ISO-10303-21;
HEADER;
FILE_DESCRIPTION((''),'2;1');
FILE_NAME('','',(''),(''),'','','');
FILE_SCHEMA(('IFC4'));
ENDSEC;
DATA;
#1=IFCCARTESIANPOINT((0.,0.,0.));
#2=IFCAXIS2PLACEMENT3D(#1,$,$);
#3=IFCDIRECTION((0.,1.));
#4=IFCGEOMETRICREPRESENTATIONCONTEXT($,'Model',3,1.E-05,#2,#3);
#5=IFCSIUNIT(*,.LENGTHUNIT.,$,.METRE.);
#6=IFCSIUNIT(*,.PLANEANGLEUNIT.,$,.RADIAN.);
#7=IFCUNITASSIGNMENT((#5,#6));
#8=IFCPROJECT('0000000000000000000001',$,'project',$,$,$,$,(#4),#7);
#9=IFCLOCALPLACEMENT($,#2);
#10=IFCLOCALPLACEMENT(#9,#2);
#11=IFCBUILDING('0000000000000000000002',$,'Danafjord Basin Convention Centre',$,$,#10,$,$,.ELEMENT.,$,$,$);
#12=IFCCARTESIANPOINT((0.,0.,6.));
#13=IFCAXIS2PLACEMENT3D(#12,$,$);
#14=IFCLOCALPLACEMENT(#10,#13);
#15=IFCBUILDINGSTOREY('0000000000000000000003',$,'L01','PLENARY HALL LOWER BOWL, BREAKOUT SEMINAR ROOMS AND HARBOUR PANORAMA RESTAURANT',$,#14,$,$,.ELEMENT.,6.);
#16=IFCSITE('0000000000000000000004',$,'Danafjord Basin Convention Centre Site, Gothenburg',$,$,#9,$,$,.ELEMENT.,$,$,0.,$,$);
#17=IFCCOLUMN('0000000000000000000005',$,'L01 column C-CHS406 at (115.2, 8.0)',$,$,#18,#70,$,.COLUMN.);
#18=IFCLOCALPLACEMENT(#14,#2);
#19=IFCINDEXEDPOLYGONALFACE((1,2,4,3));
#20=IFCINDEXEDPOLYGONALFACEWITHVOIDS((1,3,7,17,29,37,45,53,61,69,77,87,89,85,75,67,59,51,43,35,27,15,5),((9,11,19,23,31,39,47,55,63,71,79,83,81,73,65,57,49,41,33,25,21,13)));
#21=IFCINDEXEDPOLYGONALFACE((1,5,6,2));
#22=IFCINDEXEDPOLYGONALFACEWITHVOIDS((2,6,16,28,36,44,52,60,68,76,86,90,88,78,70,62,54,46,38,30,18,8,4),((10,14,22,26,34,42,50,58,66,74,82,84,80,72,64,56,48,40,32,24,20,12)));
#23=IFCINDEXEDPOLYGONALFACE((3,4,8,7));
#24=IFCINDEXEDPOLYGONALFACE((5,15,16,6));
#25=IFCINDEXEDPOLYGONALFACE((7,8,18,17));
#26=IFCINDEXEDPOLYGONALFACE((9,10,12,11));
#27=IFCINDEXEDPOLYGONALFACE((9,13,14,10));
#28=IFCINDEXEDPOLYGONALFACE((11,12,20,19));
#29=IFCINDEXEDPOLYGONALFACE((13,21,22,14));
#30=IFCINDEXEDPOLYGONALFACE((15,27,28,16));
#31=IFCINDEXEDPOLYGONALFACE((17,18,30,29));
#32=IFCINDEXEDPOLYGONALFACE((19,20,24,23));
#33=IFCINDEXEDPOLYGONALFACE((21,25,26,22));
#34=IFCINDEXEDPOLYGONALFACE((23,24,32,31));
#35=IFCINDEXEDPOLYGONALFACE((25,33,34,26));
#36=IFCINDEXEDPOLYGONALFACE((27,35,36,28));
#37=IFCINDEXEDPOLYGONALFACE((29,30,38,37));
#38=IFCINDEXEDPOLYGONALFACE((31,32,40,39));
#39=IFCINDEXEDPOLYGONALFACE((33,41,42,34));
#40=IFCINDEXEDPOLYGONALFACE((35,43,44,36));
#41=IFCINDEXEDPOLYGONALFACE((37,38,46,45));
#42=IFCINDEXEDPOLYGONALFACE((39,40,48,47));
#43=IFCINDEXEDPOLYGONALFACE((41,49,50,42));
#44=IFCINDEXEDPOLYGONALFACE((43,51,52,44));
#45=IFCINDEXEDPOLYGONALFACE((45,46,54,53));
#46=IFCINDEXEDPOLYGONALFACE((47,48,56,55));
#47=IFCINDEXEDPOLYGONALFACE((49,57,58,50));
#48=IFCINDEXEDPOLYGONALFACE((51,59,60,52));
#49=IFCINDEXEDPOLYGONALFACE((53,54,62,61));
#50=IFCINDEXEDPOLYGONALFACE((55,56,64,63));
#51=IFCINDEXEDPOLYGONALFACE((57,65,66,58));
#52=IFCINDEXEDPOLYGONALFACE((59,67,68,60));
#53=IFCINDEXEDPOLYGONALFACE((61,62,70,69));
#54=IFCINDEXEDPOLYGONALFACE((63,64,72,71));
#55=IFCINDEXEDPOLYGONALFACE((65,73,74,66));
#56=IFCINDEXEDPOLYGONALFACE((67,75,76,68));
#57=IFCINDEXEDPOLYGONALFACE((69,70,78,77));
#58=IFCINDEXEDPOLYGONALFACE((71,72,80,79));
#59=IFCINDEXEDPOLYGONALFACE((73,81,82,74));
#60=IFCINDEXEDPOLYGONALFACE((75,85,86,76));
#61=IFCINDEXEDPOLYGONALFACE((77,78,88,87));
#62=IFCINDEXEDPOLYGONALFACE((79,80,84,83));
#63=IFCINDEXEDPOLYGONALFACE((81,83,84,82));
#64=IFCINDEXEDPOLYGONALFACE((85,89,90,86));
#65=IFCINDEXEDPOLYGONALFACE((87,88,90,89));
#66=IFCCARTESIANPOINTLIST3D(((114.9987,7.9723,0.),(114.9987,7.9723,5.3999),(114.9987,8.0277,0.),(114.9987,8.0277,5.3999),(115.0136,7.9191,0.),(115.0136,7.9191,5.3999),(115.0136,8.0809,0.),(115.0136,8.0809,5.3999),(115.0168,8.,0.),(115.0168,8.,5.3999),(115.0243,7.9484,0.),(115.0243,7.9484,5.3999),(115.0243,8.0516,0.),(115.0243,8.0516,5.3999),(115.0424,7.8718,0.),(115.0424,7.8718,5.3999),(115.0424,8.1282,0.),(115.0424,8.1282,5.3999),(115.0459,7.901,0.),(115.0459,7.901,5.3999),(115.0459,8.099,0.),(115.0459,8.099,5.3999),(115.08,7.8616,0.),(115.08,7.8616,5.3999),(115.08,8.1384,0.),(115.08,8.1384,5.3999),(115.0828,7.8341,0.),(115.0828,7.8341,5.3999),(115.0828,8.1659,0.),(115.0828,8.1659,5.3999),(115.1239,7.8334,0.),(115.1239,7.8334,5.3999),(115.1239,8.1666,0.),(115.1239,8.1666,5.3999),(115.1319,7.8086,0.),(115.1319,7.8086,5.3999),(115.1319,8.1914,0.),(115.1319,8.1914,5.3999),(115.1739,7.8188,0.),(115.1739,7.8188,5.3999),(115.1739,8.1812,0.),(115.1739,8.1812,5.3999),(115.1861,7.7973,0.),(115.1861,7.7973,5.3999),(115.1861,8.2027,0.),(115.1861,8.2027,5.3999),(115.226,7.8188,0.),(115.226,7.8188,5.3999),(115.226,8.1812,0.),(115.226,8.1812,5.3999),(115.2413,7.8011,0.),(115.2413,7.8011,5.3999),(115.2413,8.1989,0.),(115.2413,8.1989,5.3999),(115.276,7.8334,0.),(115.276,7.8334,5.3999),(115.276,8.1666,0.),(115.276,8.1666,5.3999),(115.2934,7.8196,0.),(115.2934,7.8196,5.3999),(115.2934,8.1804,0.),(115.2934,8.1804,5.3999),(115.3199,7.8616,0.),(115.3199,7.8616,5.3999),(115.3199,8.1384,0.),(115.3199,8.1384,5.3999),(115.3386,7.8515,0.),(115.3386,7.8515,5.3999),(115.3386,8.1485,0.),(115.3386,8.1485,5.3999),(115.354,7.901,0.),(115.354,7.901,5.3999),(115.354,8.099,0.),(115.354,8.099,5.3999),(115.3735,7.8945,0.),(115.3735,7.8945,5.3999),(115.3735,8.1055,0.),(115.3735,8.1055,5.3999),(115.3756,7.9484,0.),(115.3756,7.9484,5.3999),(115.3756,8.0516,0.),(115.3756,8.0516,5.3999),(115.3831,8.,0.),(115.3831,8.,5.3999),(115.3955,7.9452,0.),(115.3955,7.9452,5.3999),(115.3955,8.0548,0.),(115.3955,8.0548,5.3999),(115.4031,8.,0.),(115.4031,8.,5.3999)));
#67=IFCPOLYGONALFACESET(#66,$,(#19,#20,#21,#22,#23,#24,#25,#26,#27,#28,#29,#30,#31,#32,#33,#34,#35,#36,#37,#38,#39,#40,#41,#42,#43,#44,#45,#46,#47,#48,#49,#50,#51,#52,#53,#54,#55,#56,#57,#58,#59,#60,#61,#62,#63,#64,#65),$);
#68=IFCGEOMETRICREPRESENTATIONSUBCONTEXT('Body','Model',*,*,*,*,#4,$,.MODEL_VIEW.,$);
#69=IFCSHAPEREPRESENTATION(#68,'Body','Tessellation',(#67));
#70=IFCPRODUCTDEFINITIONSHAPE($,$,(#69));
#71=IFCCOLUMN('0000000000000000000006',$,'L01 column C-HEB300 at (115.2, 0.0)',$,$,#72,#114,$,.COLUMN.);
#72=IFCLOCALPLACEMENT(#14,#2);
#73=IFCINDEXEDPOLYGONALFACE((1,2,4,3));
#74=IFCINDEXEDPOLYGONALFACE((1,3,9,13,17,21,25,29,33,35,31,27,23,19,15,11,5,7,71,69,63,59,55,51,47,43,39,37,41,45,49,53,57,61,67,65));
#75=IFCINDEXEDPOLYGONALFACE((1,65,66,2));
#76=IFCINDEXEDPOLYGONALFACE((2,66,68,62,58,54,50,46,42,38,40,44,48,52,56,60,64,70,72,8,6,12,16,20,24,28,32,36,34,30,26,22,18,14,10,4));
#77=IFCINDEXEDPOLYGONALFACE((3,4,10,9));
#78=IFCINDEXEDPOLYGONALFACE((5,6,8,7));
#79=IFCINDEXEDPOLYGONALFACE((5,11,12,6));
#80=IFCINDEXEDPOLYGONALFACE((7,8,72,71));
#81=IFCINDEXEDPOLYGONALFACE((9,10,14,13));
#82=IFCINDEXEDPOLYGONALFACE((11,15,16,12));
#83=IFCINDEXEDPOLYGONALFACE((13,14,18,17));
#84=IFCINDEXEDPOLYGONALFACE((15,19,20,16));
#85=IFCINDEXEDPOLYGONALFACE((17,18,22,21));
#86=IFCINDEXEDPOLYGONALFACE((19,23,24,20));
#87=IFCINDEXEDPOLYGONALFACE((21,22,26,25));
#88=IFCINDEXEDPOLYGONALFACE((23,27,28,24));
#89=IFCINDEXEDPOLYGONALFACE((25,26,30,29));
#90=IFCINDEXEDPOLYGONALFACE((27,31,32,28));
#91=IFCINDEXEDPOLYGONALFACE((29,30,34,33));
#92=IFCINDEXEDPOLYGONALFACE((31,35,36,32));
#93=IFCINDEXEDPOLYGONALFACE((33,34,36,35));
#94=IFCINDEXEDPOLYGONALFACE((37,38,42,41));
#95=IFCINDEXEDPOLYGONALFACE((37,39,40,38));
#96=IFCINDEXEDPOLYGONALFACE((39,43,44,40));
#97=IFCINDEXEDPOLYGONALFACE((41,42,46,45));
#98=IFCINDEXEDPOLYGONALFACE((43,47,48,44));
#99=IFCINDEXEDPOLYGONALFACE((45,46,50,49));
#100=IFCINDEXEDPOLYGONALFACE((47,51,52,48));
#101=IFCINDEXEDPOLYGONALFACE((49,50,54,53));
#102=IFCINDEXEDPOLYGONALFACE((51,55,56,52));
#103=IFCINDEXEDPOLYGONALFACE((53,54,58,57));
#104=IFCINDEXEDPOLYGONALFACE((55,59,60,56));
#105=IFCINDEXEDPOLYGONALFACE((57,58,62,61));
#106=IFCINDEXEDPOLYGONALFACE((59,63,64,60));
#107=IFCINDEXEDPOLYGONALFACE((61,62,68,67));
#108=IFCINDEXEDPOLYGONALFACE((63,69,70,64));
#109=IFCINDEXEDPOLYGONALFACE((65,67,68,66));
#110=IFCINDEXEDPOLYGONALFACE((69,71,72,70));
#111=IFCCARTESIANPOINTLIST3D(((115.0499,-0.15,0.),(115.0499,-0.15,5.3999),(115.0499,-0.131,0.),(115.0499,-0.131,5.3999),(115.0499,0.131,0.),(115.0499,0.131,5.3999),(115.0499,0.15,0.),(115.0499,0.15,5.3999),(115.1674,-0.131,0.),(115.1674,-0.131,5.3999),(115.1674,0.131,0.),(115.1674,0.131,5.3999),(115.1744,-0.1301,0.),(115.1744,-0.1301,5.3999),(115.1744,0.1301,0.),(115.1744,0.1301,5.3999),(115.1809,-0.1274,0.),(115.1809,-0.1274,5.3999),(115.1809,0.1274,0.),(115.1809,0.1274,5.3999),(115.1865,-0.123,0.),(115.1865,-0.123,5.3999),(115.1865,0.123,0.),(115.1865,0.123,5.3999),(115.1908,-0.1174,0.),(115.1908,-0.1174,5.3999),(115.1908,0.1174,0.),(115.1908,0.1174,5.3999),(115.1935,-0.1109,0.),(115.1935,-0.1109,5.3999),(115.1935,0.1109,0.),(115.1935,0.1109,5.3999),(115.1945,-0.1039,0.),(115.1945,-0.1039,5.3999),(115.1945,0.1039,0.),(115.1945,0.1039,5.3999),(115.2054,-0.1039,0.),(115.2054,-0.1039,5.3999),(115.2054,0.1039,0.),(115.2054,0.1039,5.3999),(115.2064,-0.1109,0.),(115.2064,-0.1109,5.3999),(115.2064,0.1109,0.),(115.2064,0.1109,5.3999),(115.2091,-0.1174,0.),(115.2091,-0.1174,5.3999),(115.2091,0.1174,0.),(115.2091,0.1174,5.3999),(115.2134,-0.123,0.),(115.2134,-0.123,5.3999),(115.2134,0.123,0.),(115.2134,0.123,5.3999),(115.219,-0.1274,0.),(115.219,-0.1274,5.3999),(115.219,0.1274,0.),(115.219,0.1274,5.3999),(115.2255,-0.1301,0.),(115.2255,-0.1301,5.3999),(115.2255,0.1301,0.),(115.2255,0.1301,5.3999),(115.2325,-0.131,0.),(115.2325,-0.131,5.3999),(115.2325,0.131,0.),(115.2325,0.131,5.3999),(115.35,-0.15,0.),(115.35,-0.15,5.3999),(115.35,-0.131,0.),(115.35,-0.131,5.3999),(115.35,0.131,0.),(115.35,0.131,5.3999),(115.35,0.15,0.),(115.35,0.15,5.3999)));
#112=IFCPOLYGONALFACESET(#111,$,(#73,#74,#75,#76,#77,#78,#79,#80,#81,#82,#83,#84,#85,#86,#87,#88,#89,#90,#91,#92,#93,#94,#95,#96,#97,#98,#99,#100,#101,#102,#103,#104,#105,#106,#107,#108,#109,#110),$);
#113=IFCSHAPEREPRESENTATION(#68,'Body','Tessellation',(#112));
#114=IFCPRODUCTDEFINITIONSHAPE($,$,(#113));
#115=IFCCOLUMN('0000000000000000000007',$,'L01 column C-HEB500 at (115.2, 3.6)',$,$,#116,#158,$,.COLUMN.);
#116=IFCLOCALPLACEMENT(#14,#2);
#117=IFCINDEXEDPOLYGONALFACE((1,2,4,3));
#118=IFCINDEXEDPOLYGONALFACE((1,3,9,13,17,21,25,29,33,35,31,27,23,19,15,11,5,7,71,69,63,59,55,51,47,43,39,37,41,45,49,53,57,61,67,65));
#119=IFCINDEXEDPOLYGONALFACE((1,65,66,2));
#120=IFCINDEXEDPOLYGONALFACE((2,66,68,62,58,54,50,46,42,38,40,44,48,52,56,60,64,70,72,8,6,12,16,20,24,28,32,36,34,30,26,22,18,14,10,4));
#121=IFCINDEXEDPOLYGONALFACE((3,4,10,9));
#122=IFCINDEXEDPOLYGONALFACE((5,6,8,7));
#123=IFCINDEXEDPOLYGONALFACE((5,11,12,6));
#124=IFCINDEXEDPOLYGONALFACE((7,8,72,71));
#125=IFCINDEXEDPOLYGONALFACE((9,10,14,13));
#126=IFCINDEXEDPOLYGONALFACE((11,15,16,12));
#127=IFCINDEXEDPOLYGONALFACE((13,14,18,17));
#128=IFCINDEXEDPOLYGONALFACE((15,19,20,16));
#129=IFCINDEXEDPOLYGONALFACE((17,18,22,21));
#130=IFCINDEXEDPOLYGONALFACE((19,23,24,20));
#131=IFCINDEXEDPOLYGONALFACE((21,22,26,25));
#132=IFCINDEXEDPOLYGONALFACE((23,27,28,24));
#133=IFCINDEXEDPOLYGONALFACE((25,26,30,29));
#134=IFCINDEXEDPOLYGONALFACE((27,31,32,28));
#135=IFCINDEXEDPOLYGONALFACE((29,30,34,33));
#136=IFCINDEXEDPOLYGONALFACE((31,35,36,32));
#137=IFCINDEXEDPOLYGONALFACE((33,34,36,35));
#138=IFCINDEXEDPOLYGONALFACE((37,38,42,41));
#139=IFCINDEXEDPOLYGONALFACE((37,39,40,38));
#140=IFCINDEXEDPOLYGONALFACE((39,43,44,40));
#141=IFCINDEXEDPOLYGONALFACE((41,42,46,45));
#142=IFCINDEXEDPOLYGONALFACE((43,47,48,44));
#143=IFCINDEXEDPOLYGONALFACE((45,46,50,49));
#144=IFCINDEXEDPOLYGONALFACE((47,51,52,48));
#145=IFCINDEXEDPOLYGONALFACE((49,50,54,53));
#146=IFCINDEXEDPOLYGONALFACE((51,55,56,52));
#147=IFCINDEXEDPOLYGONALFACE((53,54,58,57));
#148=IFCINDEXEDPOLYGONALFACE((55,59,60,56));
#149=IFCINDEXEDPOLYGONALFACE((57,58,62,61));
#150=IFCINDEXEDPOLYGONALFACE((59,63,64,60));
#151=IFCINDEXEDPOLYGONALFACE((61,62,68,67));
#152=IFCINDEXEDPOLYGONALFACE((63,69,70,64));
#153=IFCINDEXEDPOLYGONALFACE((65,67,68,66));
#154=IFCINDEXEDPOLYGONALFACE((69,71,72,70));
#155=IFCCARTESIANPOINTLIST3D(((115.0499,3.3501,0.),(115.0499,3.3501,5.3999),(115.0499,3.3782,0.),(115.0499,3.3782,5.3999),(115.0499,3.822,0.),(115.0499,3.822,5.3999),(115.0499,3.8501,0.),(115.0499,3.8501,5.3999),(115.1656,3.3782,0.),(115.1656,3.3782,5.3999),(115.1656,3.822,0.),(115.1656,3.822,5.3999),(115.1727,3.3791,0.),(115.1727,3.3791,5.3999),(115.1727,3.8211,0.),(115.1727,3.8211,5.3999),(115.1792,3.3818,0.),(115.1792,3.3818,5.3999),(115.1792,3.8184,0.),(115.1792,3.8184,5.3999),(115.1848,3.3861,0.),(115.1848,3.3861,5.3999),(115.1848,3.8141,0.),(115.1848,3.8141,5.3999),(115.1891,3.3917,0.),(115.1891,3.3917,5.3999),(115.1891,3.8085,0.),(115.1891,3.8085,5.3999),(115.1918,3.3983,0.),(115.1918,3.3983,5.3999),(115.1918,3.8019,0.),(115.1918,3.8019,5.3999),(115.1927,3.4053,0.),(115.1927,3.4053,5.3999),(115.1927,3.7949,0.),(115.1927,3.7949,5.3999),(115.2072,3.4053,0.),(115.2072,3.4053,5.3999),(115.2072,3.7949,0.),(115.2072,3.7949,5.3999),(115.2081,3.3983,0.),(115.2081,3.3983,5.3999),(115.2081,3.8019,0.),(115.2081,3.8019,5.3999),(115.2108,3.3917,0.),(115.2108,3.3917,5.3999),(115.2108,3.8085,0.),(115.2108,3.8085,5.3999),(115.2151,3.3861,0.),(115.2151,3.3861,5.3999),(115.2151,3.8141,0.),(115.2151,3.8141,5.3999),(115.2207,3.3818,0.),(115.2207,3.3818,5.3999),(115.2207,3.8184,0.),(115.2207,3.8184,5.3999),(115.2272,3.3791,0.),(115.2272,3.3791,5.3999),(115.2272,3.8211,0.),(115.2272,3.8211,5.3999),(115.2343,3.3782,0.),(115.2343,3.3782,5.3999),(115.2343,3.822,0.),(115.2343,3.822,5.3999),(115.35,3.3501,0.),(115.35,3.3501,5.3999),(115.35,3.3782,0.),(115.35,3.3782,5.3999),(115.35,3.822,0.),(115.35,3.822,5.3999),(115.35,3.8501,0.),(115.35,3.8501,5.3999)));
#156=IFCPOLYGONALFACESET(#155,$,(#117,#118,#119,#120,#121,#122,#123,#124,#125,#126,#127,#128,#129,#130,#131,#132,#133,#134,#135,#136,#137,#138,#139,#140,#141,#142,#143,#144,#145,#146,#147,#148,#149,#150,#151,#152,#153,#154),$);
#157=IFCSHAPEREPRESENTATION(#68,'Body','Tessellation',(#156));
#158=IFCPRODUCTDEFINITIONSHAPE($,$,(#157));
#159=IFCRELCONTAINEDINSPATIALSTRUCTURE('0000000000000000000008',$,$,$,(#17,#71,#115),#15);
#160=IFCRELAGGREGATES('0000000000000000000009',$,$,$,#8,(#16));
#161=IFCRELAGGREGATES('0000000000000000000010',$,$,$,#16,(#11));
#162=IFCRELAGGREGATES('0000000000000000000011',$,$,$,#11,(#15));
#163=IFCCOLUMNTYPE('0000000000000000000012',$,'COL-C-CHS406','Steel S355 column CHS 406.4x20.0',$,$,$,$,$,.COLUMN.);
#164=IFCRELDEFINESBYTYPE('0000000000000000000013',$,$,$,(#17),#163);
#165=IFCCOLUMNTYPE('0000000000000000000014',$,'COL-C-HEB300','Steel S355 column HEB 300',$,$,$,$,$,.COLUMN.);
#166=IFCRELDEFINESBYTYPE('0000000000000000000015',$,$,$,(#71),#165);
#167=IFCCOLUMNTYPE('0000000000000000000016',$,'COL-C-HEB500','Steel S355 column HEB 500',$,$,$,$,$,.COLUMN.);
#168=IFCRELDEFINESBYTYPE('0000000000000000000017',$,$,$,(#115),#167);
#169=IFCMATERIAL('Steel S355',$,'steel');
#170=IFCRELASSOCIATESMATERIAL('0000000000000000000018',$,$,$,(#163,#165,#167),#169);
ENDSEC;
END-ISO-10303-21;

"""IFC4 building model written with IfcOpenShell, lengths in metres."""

from ifc_helpers import new_model, si_unit, direction, frame, origin, origin_2d, place, context, subcontext, project, spatial, hollow_circle, i_section, extrude, material, material_profile, profile_set, type_object, element, save


model = new_model("IFC4")

# Units and contexts
model_context = context("Model", 3, precision=1e-05, world=origin(), true_north=direction((0.0, 1.0)))
body_context = subcontext(model_context, "Body", "Model", "MODEL_VIEW")
ifc_project = project(units=[si_unit("LENGTHUNIT", "METRE"), si_unit("PLANEANGLEUNIT", "RADIAN")], contexts=[model_context])

# Site, building, storey
site_placement = place(None, origin())
site = spatial("IfcSite", under=ifc_project, at=site_placement, Name="Danafjord Basin Convention Centre Site, Gothenburg", CompositionType="ELEMENT", RefElevation=0.0)
building_placement = place(site_placement, origin())
building = spatial("IfcBuilding", under=site, at=building_placement, Name="Danafjord Basin Convention Centre", CompositionType="ELEMENT")
storey_placement = place(building_placement, frame((0.0, 0.0, 6.0)))
storey = spatial("IfcBuildingStorey", under=building, at=storey_placement, Name="L01", Description="PLENARY HALL LOWER BOWL, BREAKOUT SEMINAR ROOMS AND HARBOUR PANORAMA RESTAURANT", CompositionType="ELEMENT", Elevation=6.0)

# Columns
ifc_material_1 = material(Name="Steel S355", Category="steel")
ifc_material_profile_1 = material_profile(ifc_material_1, hollow_circle(Radius=0.2031, WallThickness=0.02, at=origin_2d()), Name="CHS 406.4x20.0")
ifc_profile_set_1 = profile_set([ifc_material_profile_1], Name="Steel S355")
column_type_1 = type_object("IfcColumnType", Name="COL-C-CHS406", Description="Steel S355 column CHS 406.4x20.0", PredefinedType="COLUMN", material=ifc_profile_set_1)
column_1_placement = place(storey_placement, frame((115.2, 8.0, 0.0), z_axis=(0.0, 0.0, 1.0), x_axis=(1.0, 0.0, 0.0)))
element("IfcColumn", 1, at=column_1_placement, inside=storey, type_object=column_type_1, Name="L01 column C-CHS406 at (115.2, 8.0)", PredefinedType="COLUMN", context=body_context, shape_type="SweptSolid", body=[
    extrude(hollow_circle(Radius=0.2031, WallThickness=0.02, at=origin_2d()), origin(), (0.0, 0.0, 1.0), 5.3999),
])
ifc_material_profile_2 = material_profile(ifc_material_1, i_section(OverallWidth=0.3, OverallDepth=0.3, WebThickness=0.011, FlangeThickness=0.019, FilletRadius=0.0271, at=origin_2d()), Name="HEB 300")
ifc_profile_set_2 = profile_set([ifc_material_profile_2], Name="Steel S355")
column_type_2 = type_object("IfcColumnType", Name="COL-C-HEB300", Description="Steel S355 column HEB 300", PredefinedType="COLUMN", material=ifc_profile_set_2)
column_2_placement = place(storey_placement, frame((115.2, 0.0, 0.0), z_axis=(0.0, 0.0, 1.0), x_axis=(1.0, 0.0, 0.0)))
element("IfcColumn", 2, at=column_2_placement, inside=storey, type_object=column_type_2, Name="L01 column C-HEB300 at (115.2, 0.0)", PredefinedType="COLUMN", context=body_context, shape_type="SweptSolid", body=[
    extrude(i_section(OverallWidth=0.3, OverallDepth=0.3, WebThickness=0.011, FlangeThickness=0.019, FilletRadius=0.0271, at=origin_2d()), origin(), (0.0, 0.0, 1.0), 5.3999),
])
ifc_material_profile_3 = material_profile(ifc_material_1, i_section(OverallWidth=0.3, OverallDepth=0.5, WebThickness=0.0144, FlangeThickness=0.0281, FilletRadius=0.0271, at=origin_2d()), Name="HEB 500")
ifc_profile_set_3 = profile_set([ifc_material_profile_3], Name="Steel S355")
column_type_3 = type_object("IfcColumnType", Name="COL-C-HEB500", Description="Steel S355 column HEB 500", PredefinedType="COLUMN", material=ifc_profile_set_3)
column_3_placement = place(storey_placement, frame((115.2, 3.6001, 0.0), z_axis=(0.0, 0.0, 1.0), x_axis=(1.0, 0.0, 0.0)))
element("IfcColumn", 3, at=column_3_placement, inside=storey, type_object=column_type_3, Name="L01 column C-HEB500 at (115.2, 3.6)", PredefinedType="COLUMN", context=body_context, shape_type="SweptSolid", body=[
    extrude(i_section(OverallWidth=0.3, OverallDepth=0.5, WebThickness=0.0144, FlangeThickness=0.0281, FilletRadius=0.0271, at=origin_2d()), origin(), (0.0, 0.0, 1.0), 5.3999),
])

save(model, "model.ifc")
